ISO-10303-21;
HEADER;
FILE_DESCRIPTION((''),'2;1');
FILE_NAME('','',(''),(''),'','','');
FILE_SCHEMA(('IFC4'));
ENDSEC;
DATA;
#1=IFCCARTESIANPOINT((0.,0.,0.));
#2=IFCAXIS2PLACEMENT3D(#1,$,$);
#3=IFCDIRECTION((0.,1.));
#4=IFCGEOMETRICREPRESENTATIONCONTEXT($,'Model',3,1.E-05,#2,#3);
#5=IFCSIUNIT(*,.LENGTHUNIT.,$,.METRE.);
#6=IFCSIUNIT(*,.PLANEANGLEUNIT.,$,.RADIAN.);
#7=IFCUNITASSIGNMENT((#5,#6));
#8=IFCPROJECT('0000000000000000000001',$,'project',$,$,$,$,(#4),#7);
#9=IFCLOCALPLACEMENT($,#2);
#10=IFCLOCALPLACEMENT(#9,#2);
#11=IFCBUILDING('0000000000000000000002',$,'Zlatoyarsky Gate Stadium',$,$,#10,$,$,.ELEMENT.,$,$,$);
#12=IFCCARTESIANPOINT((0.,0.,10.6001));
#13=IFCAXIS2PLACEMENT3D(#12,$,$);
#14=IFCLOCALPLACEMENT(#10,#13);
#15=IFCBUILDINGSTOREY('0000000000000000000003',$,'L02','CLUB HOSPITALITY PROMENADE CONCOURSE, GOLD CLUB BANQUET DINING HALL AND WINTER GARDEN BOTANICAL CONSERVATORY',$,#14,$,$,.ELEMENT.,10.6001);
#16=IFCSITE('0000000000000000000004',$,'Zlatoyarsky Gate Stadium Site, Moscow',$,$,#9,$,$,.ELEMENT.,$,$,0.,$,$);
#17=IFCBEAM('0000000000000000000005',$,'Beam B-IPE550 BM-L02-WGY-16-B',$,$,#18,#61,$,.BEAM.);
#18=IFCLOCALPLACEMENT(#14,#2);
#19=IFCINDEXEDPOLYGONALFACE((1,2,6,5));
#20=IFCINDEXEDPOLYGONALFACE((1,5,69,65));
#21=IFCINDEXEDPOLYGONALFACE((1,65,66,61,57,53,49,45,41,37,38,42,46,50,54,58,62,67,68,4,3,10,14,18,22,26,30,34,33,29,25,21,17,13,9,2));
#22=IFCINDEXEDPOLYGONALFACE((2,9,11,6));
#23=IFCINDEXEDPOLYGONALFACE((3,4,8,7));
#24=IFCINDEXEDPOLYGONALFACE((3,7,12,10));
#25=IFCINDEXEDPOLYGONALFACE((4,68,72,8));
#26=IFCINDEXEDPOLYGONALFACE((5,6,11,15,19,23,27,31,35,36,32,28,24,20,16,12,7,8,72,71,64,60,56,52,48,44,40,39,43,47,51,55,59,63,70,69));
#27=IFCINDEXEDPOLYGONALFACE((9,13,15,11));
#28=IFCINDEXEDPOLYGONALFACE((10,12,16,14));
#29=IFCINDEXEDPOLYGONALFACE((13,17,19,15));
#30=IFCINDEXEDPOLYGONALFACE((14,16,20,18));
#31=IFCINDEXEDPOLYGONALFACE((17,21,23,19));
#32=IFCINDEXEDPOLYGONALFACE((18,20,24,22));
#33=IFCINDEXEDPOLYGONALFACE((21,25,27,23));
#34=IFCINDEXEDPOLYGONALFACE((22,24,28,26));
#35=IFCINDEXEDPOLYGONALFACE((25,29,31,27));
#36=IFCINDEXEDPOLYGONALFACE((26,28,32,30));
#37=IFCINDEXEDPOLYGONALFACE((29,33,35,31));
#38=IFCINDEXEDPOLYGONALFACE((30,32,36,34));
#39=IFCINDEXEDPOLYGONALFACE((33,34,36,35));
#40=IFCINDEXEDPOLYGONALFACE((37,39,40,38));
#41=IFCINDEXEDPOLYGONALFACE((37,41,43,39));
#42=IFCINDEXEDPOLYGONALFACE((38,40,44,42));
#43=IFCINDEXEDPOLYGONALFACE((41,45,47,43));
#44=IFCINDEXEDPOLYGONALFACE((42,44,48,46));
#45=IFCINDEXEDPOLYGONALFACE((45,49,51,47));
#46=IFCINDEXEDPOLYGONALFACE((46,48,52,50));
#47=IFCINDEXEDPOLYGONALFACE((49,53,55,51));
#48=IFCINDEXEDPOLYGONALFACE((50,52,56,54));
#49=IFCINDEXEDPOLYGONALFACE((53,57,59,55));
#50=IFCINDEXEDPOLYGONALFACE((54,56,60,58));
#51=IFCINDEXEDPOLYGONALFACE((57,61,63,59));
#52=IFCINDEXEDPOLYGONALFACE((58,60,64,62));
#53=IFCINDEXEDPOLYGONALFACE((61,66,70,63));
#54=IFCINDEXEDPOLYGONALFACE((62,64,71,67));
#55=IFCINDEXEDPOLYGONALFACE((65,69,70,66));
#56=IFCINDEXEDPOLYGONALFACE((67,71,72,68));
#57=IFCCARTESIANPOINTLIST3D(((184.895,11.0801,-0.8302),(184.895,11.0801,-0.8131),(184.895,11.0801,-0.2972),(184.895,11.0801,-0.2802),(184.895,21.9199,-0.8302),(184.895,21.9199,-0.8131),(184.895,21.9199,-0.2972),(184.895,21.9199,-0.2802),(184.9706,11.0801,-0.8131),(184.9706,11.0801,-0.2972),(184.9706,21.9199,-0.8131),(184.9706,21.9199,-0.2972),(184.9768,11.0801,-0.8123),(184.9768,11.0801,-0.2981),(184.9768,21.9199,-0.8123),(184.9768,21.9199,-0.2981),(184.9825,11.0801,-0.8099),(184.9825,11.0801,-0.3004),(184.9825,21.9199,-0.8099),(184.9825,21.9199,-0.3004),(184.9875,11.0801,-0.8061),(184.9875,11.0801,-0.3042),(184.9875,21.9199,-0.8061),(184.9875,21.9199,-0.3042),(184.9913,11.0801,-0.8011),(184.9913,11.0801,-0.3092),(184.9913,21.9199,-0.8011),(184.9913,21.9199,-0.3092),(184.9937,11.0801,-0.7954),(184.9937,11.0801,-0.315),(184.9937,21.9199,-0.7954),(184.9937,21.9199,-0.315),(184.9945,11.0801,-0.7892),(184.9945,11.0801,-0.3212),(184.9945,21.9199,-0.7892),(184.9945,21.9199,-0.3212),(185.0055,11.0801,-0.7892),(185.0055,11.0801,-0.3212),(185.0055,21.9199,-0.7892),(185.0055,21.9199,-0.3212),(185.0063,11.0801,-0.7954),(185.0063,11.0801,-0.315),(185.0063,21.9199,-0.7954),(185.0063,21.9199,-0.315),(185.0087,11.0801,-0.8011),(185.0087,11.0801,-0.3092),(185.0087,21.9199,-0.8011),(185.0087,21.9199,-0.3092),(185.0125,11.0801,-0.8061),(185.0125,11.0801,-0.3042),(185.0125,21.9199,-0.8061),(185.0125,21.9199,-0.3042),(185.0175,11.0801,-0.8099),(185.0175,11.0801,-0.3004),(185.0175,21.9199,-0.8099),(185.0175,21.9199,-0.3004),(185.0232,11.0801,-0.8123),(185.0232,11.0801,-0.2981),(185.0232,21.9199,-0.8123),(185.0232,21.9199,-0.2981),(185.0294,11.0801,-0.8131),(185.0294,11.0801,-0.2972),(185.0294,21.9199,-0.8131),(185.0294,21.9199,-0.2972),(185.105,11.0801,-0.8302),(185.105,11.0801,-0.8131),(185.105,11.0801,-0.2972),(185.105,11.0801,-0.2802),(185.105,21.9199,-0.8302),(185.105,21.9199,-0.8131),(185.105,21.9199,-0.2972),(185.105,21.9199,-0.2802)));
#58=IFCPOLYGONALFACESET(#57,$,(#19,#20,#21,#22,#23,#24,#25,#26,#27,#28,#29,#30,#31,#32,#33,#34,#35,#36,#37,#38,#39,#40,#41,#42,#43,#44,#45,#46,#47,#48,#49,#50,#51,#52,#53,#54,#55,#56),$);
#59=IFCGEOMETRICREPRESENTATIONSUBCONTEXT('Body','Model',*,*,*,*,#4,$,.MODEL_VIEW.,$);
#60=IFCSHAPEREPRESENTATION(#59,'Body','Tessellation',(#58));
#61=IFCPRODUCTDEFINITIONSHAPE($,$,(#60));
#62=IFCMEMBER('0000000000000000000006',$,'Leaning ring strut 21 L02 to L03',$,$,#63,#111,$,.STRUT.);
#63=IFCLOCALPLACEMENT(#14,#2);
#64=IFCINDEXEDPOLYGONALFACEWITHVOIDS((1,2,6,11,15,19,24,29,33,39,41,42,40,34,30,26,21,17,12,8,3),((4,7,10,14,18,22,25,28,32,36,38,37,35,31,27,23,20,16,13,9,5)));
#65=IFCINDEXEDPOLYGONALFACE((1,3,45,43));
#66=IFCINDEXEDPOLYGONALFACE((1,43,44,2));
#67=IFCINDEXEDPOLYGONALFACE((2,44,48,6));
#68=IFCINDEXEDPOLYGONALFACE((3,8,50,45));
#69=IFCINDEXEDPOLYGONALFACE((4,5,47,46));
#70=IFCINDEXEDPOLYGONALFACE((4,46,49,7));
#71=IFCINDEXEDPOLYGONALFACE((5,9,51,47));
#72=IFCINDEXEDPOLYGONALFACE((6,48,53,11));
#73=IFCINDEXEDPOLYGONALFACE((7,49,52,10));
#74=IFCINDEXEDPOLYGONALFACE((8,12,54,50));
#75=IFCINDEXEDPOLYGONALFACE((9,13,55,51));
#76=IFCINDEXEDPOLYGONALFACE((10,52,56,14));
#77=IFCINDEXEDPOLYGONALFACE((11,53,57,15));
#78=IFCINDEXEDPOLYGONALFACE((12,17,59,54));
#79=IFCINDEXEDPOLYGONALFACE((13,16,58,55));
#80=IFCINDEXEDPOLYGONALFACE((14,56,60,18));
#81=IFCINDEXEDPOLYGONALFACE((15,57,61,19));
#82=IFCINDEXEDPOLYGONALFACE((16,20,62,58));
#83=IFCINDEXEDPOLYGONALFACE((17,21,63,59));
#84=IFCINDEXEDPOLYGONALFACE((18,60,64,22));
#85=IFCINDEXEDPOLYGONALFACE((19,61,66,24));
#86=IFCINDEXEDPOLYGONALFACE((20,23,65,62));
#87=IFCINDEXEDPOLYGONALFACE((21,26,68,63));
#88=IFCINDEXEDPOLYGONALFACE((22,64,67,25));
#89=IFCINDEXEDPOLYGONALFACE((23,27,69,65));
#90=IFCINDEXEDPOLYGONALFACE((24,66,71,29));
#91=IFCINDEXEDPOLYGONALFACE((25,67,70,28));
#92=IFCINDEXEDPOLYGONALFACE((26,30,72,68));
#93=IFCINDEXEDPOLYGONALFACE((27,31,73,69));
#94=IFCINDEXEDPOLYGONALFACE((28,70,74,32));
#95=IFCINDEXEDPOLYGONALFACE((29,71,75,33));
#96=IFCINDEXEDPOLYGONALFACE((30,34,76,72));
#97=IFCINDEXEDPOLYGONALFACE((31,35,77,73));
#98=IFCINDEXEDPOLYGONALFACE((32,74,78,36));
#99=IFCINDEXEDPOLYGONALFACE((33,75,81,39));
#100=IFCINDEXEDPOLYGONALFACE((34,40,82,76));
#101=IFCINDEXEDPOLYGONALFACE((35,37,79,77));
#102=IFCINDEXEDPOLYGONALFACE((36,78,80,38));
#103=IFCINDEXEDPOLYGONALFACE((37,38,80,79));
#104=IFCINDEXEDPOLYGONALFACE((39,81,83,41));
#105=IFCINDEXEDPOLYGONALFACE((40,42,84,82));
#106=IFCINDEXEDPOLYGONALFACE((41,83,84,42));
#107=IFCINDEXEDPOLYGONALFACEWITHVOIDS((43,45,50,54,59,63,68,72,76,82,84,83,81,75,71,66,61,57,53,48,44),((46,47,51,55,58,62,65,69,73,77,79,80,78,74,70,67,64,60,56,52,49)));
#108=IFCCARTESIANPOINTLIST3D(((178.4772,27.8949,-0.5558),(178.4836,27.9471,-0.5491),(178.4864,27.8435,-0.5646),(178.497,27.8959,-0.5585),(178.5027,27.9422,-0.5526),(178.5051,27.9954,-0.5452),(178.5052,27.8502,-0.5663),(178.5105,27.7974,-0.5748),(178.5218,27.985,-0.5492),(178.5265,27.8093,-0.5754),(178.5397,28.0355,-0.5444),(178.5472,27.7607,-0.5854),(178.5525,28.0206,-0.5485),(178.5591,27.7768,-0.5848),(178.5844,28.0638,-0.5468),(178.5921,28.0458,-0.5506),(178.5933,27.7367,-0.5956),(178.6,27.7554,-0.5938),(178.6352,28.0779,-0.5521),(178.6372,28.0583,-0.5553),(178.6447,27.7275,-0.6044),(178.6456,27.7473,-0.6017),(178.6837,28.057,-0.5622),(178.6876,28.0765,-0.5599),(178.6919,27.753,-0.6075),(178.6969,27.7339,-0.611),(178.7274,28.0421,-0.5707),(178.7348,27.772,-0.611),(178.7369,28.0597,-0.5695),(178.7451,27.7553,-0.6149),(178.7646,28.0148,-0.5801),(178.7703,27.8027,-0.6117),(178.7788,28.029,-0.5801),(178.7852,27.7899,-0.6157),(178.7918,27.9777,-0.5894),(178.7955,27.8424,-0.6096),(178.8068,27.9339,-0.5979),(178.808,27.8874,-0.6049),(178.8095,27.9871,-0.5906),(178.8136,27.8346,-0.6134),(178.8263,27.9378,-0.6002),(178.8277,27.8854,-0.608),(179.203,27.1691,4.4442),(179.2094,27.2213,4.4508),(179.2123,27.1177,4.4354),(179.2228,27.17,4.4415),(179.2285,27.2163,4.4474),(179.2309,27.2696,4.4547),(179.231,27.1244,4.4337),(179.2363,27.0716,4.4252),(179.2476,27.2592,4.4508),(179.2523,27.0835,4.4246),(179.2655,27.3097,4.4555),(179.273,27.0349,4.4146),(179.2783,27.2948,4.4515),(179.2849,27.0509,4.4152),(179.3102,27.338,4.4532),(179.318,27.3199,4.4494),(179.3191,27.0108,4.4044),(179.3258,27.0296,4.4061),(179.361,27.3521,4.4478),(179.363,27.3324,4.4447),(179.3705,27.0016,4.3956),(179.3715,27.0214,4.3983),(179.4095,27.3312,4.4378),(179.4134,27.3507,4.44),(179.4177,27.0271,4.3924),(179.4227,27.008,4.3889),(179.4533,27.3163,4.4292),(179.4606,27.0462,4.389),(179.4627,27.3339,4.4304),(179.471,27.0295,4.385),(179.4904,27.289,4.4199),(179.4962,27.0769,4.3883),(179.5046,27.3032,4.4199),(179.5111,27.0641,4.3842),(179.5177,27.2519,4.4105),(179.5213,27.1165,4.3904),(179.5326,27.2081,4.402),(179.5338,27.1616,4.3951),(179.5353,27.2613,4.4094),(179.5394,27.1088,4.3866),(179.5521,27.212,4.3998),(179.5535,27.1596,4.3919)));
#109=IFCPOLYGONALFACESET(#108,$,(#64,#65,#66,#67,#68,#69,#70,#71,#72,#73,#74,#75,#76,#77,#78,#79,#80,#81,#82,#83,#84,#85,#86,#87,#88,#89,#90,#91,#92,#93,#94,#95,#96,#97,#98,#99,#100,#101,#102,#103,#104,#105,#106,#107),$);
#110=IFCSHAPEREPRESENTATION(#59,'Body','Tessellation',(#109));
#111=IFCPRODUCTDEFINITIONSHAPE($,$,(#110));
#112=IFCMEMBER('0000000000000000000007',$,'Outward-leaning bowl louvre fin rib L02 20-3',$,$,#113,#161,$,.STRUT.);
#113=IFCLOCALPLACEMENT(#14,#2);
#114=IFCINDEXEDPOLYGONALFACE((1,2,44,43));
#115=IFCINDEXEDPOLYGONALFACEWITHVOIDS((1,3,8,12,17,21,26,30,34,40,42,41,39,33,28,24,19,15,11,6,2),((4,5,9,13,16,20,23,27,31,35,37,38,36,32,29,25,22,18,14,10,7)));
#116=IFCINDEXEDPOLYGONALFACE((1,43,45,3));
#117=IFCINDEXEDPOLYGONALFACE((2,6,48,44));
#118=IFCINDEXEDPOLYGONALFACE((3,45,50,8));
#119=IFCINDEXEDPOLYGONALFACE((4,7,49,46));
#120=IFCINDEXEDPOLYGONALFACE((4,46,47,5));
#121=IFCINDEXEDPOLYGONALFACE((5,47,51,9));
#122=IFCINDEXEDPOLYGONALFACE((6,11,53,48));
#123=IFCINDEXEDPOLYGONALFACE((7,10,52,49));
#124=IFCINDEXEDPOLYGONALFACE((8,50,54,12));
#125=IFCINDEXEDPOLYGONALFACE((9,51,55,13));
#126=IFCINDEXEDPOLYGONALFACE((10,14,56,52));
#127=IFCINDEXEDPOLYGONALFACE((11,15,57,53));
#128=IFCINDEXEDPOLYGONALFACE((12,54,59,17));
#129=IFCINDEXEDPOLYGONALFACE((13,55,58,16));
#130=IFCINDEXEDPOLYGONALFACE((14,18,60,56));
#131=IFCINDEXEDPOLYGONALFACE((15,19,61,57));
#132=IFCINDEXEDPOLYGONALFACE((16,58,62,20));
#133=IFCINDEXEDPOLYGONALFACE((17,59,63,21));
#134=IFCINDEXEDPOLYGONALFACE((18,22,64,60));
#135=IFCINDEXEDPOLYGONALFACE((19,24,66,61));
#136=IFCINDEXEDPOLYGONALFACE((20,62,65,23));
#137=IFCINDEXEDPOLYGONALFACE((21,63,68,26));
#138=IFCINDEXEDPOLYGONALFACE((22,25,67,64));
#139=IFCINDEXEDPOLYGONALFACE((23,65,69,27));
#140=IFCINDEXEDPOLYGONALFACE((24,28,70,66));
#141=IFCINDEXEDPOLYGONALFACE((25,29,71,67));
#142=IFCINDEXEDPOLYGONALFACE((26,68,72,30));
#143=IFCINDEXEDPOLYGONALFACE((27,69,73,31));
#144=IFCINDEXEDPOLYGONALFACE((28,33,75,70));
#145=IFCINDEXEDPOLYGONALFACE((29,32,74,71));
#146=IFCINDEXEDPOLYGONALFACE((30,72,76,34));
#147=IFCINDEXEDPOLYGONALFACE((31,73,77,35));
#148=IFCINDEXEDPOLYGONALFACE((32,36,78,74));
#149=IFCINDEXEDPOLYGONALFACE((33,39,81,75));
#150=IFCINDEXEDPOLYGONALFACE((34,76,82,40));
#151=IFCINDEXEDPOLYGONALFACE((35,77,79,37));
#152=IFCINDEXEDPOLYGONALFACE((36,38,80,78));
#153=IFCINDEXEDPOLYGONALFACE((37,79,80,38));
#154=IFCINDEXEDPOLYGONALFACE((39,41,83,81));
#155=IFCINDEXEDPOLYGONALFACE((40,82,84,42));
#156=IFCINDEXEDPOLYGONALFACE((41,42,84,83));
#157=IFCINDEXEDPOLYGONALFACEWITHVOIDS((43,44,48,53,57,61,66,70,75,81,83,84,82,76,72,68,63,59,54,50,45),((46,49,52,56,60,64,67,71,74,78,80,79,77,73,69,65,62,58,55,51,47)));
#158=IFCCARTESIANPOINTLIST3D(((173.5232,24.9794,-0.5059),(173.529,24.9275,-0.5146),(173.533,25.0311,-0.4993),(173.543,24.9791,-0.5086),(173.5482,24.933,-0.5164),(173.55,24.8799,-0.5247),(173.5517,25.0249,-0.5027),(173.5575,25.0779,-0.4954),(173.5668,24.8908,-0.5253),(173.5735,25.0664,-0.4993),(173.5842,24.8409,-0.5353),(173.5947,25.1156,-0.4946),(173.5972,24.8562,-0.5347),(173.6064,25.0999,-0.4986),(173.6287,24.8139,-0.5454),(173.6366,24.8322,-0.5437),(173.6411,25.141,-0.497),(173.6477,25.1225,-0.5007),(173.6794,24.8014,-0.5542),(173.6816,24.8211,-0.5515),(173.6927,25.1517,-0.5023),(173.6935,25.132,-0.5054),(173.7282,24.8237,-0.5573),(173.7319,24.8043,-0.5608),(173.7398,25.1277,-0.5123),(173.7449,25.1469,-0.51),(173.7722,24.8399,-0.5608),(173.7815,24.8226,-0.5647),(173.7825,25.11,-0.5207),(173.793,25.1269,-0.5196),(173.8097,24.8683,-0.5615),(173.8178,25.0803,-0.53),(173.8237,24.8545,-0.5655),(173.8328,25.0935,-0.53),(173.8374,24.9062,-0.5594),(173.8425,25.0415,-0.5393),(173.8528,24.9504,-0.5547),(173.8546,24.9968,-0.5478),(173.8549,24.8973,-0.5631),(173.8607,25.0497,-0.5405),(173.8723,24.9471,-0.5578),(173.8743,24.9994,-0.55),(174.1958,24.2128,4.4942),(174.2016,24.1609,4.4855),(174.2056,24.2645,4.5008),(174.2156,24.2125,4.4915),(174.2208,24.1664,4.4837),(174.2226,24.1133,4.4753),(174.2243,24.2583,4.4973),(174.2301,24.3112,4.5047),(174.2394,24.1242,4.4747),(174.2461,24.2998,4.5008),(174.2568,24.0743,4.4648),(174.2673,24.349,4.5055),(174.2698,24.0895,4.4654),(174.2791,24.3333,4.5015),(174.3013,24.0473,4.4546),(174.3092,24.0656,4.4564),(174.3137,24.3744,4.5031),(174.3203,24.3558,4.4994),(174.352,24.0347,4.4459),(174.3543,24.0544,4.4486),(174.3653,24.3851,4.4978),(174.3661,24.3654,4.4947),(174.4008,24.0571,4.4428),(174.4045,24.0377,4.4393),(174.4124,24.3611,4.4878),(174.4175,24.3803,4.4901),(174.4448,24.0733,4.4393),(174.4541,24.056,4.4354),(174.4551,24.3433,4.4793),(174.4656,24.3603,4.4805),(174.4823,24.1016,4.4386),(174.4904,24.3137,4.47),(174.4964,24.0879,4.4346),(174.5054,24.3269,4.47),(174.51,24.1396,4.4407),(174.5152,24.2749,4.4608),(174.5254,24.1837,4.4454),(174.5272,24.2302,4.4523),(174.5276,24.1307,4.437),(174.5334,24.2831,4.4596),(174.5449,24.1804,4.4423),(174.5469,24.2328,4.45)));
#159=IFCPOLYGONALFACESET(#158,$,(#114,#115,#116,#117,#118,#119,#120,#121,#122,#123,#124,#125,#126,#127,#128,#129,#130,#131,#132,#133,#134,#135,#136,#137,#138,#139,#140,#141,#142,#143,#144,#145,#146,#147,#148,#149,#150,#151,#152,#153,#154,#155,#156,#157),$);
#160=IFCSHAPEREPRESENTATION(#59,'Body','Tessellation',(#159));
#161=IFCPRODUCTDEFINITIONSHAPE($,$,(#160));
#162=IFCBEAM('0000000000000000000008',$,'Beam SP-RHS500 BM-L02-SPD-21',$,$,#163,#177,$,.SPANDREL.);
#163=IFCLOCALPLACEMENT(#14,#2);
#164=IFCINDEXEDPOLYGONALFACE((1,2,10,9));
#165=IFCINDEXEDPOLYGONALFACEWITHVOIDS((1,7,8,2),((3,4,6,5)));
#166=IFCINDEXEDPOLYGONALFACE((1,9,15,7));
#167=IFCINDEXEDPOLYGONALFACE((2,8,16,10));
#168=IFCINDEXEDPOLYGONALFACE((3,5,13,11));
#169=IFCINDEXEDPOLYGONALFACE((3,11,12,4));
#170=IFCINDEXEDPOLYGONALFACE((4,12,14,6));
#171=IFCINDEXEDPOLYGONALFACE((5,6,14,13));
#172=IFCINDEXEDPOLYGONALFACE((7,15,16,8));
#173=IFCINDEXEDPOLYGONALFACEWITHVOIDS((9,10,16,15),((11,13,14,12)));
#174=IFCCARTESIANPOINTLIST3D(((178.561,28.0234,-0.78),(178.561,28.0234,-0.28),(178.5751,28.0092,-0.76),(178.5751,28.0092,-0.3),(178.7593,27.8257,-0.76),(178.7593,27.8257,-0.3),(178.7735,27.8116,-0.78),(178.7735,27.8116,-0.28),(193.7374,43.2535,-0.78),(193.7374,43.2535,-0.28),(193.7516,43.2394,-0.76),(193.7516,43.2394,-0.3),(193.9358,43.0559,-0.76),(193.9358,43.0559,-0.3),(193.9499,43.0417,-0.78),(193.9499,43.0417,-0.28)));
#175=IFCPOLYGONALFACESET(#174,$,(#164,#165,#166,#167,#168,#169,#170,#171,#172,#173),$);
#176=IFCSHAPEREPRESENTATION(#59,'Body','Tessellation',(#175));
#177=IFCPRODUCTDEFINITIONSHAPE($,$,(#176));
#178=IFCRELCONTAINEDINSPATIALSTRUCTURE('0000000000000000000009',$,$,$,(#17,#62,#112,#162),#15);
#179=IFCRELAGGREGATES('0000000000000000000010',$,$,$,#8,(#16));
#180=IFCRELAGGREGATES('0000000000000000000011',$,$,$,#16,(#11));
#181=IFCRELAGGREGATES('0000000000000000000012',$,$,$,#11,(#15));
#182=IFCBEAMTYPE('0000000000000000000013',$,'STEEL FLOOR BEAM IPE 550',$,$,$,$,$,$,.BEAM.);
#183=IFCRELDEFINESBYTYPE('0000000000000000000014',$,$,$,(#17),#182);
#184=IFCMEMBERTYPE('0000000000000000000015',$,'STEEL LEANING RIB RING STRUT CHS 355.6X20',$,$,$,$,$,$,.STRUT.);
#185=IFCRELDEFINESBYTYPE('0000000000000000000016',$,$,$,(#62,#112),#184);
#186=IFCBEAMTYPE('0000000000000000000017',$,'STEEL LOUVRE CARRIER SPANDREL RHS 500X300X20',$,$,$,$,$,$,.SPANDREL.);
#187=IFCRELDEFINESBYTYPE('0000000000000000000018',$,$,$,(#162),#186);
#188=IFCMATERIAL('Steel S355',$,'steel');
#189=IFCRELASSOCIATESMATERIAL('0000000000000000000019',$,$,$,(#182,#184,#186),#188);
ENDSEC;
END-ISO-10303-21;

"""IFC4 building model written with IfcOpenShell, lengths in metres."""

from ifc_helpers import new_model, si_unit, direction, frame, origin, origin_2d, place, context, subcontext, project, spatial, hollow_rectangle, hollow_circle, i_section, extrude, material, material_profile, profile_set, type_object, element, save


model = new_model("IFC4")

# Units and contexts
model_context = context("Model", 3, precision=1e-05, world=origin(), true_north=direction((0.0, 1.0)))
body_context = subcontext(model_context, "Body", "Model", "MODEL_VIEW")
ifc_project = project(units=[si_unit("LENGTHUNIT", "METRE"), si_unit("PLANEANGLEUNIT", "RADIAN")], contexts=[model_context])

# Site, building, storey
site_placement = place(None, origin())
site = spatial("IfcSite", under=ifc_project, at=site_placement, Name="Zlatoyarsky Gate Stadium Site, Moscow", CompositionType="ELEMENT", RefElevation=0.0)
building_placement = place(site_placement, origin())
building = spatial("IfcBuilding", under=site, at=building_placement, Name="Zlatoyarsky Gate Stadium", CompositionType="ELEMENT")
storey_placement = place(building_placement, frame((0.0, 0.0, 10.6001)))
storey = spatial("IfcBuildingStorey", under=building, at=storey_placement, Name="L02", Description="CLUB HOSPITALITY PROMENADE CONCOURSE, GOLD CLUB BANQUET DINING HALL AND WINTER GARDEN BOTANICAL CONSERVATORY", CompositionType="ELEMENT", Elevation=10.6001)

# Beam
ifc_material_1 = material(Name="Steel S355", Category="steel")
ifc_material_profile_1 = material_profile(ifc_material_1, i_section(OverallWidth=0.21, OverallDepth=0.55, WebThickness=0.011, FlangeThickness=0.0171, FilletRadius=0.0239, at=origin_2d()), Name="IPE 550")
ifc_profile_set_1 = profile_set([ifc_material_profile_1], Name="Steel S355")
beam_type_1 = type_object("IfcBeamType", Name="STEEL FLOOR BEAM IPE 550", PredefinedType="BEAM", material=ifc_profile_set_1)
beam_1_placement = place(storey_placement, frame((185.0, 11.0801, -0.5552), z_axis=(0.0, 1.0, 0.0), x_axis=(-1.0, 0.0, 0.0)))
element("IfcBeam", 1, at=beam_1_placement, inside=storey, type_object=beam_type_1, Name="Beam B-IPE550 BM-L02-WGY-16-B", PredefinedType="BEAM", context=body_context, shape_type="SweptSolid", body=[
    extrude(i_section(OverallWidth=0.21, OverallDepth=0.55, WebThickness=0.011, FlangeThickness=0.0171, FilletRadius=0.0239, at=origin_2d()), origin(), (0.0, 0.0, 1.0), 10.8398),
])

# Members
ifc_material_profile_2 = material_profile(ifc_material_1, hollow_circle(Radius=0.1777, WallThickness=0.02, at=origin_2d()), Name="CHS 355.6X20")
ifc_profile_set_2 = profile_set([ifc_material_profile_2], Name="Steel S355")
member_type_1 = type_object("IfcMemberType", Name="STEEL LEANING RIB RING STRUT CHS 355.6X20", PredefinedType="STRUT", material=ifc_profile_set_2)
member_1_placement = place(storey_placement, frame((178.6531, 27.9033, -0.5801), z_axis=(0.1422, -0.1422, 0.97957), x_axis=(0.707107, 0.707107, 0.0)))
element("IfcMember", 2, at=member_1_placement, inside=storey, type_object=member_type_1, Name="Leaning ring strut 21 L02 to L03", PredefinedType="STRUT", context=body_context, shape_type="SweptSolid", body=[
    extrude(hollow_circle(Radius=0.1777, WallThickness=0.02, at=origin_2d()), origin(), (0.0, 0.0, 1.0), 5.1042),
])
member_2_placement = place(storey_placement, frame((173.6992, 24.9763, -0.53), z_axis=(0.131808, -0.150227, 0.979826), x_axis=(0.751686, 0.659521, 0.0)))
element("IfcMember", 3, at=member_2_placement, inside=storey, type_object=member_type_1, Name="Outward-leaning bowl louvre fin rib L02 20-3", PredefinedType="STRUT", context=body_context, shape_type="SweptSolid", body=[
    extrude(hollow_circle(Radius=0.1777, WallThickness=0.02, at=origin_2d()), origin(), (0.0, 0.0, 1.0), 5.103),
])

# Beam
ifc_material_profile_3 = material_profile(ifc_material_1, hollow_rectangle(XDim=0.3, YDim=0.5, WallThickness=0.02, at=origin_2d()), Name="RHS 500X300X20")
ifc_profile_set_3 = profile_set([ifc_material_profile_3], Name="Steel S355")
beam_type_2 = type_object("IfcBeamType", Name="STEEL LOUVRE CARRIER SPANDREL RHS 500X300X20", PredefinedType="SPANDREL", material=ifc_profile_set_3)
beam_2_placement = place(storey_placement, frame((178.6672, 27.9175, -0.53), z_axis=(0.705857, 0.708355, 0.0), x_axis=(-0.708355, 0.705857, 0.0)))
element("IfcBeam", 4, at=beam_2_placement, inside=storey, type_object=beam_type_2, Name="Beam SP-RHS500 BM-L02-SPD-21", PredefinedType="SPANDREL", context=body_context, shape_type="SweptSolid", body=[
    extrude(hollow_rectangle(XDim=0.3, YDim=0.5, WallThickness=0.02, at=origin_2d()), origin(), (0.0, 0.0, 1.0), 21.5007),
])

save(model, "model.ifc")
